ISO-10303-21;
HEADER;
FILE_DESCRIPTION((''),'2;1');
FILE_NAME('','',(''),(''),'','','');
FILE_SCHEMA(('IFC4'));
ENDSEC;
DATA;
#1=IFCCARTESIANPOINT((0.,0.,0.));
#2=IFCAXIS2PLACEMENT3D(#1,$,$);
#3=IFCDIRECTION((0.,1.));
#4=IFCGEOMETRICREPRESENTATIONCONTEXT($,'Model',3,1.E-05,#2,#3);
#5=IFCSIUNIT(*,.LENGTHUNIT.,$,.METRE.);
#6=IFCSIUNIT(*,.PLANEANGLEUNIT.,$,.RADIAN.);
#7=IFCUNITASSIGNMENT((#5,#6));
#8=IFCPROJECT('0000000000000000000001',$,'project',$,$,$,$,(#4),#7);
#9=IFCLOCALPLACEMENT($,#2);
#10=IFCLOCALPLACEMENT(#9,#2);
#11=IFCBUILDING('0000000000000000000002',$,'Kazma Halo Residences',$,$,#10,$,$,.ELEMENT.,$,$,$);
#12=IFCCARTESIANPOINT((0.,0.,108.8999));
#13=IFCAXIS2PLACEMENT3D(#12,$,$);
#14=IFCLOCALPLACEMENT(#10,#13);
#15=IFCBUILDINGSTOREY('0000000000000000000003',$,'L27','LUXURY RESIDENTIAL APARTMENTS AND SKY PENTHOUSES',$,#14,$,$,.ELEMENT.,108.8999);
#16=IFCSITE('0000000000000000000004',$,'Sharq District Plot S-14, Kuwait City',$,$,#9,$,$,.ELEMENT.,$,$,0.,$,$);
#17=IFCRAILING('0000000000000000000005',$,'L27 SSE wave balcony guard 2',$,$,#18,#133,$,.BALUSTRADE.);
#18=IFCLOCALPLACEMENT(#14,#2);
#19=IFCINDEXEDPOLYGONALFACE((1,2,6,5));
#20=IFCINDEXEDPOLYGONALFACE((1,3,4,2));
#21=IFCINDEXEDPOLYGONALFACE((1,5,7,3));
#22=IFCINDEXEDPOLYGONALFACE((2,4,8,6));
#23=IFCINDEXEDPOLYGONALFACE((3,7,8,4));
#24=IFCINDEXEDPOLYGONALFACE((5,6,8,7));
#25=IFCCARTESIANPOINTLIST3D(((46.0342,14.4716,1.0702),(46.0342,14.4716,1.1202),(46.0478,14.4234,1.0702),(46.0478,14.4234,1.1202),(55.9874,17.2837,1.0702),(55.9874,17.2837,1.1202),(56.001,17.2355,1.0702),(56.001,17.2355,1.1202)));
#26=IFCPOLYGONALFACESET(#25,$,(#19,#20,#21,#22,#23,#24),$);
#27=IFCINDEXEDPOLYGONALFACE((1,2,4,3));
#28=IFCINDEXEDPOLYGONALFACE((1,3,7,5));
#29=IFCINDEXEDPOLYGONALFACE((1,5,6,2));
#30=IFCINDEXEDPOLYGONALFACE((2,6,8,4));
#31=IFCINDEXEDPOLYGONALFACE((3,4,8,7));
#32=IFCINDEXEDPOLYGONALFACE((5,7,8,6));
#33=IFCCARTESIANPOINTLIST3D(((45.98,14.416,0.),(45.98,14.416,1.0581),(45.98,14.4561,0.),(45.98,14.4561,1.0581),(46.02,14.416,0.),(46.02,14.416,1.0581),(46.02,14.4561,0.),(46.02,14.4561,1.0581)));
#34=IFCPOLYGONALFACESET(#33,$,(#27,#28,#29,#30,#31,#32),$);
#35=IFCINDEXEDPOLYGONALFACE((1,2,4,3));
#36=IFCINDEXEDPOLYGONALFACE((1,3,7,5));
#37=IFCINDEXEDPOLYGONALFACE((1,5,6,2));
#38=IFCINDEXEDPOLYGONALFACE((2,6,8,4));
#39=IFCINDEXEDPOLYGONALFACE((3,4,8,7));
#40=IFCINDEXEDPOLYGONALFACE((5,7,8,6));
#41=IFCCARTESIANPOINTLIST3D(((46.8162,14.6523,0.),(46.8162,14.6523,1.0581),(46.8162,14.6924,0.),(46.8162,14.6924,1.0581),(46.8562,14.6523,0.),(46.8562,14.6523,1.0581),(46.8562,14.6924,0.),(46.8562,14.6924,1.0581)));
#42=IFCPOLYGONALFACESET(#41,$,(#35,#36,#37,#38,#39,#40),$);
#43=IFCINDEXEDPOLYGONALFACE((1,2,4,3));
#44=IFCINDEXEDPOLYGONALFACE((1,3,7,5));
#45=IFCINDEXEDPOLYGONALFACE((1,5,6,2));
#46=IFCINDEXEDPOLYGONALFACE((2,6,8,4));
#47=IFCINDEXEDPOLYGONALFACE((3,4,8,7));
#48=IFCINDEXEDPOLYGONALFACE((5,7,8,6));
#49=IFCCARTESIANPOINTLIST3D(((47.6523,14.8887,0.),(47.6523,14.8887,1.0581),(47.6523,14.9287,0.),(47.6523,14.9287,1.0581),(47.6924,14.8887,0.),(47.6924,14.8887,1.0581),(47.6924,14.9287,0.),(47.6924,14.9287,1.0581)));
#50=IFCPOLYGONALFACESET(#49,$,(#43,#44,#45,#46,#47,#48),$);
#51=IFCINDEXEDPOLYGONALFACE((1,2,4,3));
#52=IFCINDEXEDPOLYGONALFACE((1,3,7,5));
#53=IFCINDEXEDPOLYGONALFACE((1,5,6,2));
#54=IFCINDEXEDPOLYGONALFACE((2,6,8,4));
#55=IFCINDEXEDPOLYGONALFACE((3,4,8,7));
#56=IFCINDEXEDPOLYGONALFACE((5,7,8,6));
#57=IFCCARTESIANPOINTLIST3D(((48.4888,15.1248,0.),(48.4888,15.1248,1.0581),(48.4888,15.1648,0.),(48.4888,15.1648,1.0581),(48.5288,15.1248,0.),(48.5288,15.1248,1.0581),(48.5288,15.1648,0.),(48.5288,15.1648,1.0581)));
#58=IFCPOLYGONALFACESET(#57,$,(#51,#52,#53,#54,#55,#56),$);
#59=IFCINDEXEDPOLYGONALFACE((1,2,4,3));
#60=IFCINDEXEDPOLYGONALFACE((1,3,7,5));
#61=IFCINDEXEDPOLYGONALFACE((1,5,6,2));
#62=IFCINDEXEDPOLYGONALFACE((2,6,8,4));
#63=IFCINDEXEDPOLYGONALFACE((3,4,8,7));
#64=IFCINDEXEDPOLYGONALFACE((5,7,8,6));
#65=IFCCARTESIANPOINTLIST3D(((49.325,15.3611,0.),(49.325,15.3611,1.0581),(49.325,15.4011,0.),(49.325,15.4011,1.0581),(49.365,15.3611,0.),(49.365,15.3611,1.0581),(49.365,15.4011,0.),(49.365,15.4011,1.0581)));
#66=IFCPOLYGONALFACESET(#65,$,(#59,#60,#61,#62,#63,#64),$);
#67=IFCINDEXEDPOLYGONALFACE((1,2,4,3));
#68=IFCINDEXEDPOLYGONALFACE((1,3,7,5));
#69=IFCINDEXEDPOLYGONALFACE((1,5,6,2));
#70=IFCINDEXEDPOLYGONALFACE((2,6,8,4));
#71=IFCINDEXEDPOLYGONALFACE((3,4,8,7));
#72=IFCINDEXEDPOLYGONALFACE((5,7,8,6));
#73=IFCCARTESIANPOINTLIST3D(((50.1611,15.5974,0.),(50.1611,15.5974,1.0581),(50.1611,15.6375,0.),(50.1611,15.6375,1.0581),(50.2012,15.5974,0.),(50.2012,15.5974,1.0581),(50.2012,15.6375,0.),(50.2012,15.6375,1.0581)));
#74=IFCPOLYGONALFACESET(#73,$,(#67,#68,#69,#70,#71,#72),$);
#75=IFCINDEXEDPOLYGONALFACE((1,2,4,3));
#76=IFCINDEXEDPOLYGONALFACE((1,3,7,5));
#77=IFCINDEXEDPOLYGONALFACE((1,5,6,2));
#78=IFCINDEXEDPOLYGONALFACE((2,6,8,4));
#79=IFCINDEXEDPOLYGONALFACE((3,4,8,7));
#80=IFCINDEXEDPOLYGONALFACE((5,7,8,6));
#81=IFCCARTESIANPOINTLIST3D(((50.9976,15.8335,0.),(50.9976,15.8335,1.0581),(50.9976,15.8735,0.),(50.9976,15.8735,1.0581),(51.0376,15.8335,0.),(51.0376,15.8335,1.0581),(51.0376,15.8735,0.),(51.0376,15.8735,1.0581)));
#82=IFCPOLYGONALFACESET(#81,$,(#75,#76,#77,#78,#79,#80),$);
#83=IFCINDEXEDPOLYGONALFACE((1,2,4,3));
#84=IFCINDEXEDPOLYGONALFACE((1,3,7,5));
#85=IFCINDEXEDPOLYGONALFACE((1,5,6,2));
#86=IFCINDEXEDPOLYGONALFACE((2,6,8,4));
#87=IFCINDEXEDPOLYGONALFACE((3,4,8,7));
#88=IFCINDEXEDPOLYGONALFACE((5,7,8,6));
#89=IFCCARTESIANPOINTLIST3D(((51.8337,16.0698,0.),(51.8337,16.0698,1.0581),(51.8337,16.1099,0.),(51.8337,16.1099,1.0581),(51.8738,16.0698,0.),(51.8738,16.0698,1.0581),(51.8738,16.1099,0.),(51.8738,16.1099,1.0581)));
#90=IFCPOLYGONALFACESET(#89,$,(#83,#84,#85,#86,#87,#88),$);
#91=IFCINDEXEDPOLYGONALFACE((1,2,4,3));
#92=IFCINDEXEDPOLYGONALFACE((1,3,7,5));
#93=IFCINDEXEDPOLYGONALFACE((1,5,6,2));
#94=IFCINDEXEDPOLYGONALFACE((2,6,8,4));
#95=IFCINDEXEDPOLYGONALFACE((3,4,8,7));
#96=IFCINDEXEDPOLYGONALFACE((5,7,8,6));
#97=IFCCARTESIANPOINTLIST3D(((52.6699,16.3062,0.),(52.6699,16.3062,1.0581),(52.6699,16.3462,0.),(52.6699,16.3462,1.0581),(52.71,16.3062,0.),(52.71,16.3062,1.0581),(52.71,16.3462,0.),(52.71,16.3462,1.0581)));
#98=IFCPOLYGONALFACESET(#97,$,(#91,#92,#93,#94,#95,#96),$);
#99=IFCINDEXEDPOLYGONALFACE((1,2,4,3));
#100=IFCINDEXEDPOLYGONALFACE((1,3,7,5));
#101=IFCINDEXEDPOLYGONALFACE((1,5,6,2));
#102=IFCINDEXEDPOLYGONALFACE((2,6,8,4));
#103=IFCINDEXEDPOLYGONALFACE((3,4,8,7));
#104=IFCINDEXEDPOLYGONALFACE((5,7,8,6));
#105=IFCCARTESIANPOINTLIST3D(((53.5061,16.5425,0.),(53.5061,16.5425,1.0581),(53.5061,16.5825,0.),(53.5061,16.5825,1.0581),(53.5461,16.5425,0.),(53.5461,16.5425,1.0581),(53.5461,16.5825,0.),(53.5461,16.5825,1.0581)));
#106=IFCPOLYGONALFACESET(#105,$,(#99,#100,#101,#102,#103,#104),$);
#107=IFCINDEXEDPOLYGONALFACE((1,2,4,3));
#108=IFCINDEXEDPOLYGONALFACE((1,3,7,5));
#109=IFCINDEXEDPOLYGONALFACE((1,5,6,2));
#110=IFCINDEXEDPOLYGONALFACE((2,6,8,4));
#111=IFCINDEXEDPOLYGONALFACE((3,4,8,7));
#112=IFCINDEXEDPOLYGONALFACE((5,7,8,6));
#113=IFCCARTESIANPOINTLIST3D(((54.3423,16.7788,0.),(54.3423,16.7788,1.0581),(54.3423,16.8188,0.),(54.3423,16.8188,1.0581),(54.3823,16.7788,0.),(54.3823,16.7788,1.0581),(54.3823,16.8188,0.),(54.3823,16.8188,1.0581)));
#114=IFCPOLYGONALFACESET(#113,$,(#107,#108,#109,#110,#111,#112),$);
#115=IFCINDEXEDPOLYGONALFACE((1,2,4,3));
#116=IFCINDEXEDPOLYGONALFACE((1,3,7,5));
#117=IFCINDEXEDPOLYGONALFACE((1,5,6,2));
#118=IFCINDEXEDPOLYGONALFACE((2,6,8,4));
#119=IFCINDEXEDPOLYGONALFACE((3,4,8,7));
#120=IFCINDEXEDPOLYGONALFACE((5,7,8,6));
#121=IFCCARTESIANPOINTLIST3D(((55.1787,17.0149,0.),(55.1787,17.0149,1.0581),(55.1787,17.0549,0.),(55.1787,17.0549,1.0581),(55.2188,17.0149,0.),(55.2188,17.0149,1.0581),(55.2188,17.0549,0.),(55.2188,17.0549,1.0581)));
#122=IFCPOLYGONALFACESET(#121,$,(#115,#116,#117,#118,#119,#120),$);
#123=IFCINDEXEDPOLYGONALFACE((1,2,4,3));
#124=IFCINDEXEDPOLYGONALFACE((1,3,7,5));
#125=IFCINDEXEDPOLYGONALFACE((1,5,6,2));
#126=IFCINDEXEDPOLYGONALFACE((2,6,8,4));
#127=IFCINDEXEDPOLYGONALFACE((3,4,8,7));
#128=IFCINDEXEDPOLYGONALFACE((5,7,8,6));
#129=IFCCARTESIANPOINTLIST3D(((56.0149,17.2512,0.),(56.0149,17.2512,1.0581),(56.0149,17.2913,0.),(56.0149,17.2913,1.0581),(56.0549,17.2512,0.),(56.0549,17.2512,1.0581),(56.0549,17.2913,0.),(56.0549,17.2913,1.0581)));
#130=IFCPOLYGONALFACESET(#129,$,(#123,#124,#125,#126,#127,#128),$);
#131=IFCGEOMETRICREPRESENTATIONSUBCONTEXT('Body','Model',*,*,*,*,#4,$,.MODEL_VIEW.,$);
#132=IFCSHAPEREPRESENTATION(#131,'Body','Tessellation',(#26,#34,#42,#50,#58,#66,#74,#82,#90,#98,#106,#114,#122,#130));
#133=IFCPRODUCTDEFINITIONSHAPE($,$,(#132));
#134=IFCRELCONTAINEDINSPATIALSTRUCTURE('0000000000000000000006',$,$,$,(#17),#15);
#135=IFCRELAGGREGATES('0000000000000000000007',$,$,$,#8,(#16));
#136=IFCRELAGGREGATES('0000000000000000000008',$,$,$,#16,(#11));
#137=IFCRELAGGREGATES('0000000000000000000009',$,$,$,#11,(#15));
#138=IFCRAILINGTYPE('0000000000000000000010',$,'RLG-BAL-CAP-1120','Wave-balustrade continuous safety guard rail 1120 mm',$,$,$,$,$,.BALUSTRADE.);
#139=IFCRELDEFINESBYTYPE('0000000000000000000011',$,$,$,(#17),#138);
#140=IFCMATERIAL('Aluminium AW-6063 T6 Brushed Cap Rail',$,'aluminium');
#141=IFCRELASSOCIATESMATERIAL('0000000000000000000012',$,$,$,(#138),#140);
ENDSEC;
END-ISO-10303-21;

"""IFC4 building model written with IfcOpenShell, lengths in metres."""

from ifc_helpers import new_model, si_unit, direction, frame, origin, origin_2d, place, context, subcontext, project, spatial, rectangle, extrude, material, type_object, element, save


model = new_model("IFC4")

# Units and contexts
model_context = context("Model", 3, precision=1e-05, world=origin(), true_north=direction((0.0, 1.0)))
body_context = subcontext(model_context, "Body", "Model", "MODEL_VIEW")
ifc_project = project(units=[si_unit("LENGTHUNIT", "METRE"), si_unit("PLANEANGLEUNIT", "RADIAN")], contexts=[model_context])

# Site, building, storey
site_placement = place(None, origin())
site = spatial("IfcSite", under=ifc_project, at=site_placement, Name="Sharq District Plot S-14, Kuwait City", CompositionType="ELEMENT", RefElevation=0.0)
building_placement = place(site_placement, origin())
building = spatial("IfcBuilding", under=site, at=building_placement, Name="Kazma Halo Residences", CompositionType="ELEMENT")
storey_placement = place(building_placement, frame((0.0, 0.0, 108.8999)))
storey = spatial("IfcBuildingStorey", under=building, at=storey_placement, Name="L27", Description="LUXURY RESIDENTIAL APARTMENTS AND SKY PENTHOUSES", CompositionType="ELEMENT", Elevation=108.8999)

# Railing
ifc_material_1 = material(Name="Aluminium AW-6063 T6 Brushed Cap Rail", Category="aluminium")
railing_type = type_object("IfcRailingType", Name="RLG-BAL-CAP-1120", Description="Wave-balustrade continuous safety guard rail 1120 mm", PredefinedType="BALUSTRADE", material=ifc_material_1)
railing_1_placement = place(storey_placement, frame((46.0, 14.436, 0.0)))
element("IfcRailing", 1, at=railing_1_placement, inside=storey, type_object=railing_type, Name="L27 SSE wave balcony guard 2", PredefinedType="BALUSTRADE", context=body_context, shape_type="SweptSolid", body=[
    extrude(rectangle(XDim=0.05, YDim=0.05, at=origin_2d()), frame((0.041, 0.0115, 1.0952), z_axis=(0.962328, 0.271891, 0.0), x_axis=(-0.271891, 0.962328, 0.0)), (0.0, 0.0, 1.0), 10.3428),
    extrude(rectangle(XDim=0.04, YDim=0.04, at=origin_2d()), origin(), (0.0, 0.0, 1.0), 1.0581),
    extrude(rectangle(XDim=0.04, YDim=0.04, at=origin_2d()), frame((0.8362, 0.2363, 0.0)), (0.0, 0.0, 1.0), 1.0581),
    extrude(rectangle(XDim=0.04, YDim=0.04, at=origin_2d()), frame((1.6724, 0.4727, 0.0)), (0.0, 0.0, 1.0), 1.0581),
    extrude(rectangle(XDim=0.04, YDim=0.04, at=origin_2d()), frame((2.5088, 0.7087, 0.0)), (0.0, 0.0, 1.0), 1.0581),
    extrude(rectangle(XDim=0.04, YDim=0.04, at=origin_2d()), frame((3.345, 0.9451, 0.0)), (0.0, 0.0, 1.0), 1.0581),
    extrude(rectangle(XDim=0.04, YDim=0.04, at=origin_2d()), frame((4.1812, 1.1814, 0.0)), (0.0, 0.0, 1.0), 1.0581),
    extrude(rectangle(XDim=0.04, YDim=0.04, at=origin_2d()), frame((5.0176, 1.4175, 0.0)), (0.0, 0.0, 1.0), 1.0581),
    extrude(rectangle(XDim=0.04, YDim=0.04, at=origin_2d()), frame((5.8538, 1.6538, 0.0)), (0.0, 0.0, 1.0), 1.0581),
    extrude(rectangle(XDim=0.04, YDim=0.04, at=origin_2d()), frame((6.6899, 1.8901, 0.0)), (0.0, 0.0, 1.0), 1.0581),
    extrude(rectangle(XDim=0.04, YDim=0.04, at=origin_2d()), frame((7.5261, 2.1265, 0.0)), (0.0, 0.0, 1.0), 1.0581),
    extrude(rectangle(XDim=0.04, YDim=0.04, at=origin_2d()), frame((8.3623, 2.3628, 0.0)), (0.0, 0.0, 1.0), 1.0581),
    extrude(rectangle(XDim=0.04, YDim=0.04, at=origin_2d()), frame((9.1987, 2.5989, 0.0)), (0.0, 0.0, 1.0), 1.0581),
    extrude(rectangle(XDim=0.04, YDim=0.04, at=origin_2d()), frame((10.0349, 2.8352, 0.0)), (0.0, 0.0, 1.0), 1.0581),
])

save(model, "model.ifc")
